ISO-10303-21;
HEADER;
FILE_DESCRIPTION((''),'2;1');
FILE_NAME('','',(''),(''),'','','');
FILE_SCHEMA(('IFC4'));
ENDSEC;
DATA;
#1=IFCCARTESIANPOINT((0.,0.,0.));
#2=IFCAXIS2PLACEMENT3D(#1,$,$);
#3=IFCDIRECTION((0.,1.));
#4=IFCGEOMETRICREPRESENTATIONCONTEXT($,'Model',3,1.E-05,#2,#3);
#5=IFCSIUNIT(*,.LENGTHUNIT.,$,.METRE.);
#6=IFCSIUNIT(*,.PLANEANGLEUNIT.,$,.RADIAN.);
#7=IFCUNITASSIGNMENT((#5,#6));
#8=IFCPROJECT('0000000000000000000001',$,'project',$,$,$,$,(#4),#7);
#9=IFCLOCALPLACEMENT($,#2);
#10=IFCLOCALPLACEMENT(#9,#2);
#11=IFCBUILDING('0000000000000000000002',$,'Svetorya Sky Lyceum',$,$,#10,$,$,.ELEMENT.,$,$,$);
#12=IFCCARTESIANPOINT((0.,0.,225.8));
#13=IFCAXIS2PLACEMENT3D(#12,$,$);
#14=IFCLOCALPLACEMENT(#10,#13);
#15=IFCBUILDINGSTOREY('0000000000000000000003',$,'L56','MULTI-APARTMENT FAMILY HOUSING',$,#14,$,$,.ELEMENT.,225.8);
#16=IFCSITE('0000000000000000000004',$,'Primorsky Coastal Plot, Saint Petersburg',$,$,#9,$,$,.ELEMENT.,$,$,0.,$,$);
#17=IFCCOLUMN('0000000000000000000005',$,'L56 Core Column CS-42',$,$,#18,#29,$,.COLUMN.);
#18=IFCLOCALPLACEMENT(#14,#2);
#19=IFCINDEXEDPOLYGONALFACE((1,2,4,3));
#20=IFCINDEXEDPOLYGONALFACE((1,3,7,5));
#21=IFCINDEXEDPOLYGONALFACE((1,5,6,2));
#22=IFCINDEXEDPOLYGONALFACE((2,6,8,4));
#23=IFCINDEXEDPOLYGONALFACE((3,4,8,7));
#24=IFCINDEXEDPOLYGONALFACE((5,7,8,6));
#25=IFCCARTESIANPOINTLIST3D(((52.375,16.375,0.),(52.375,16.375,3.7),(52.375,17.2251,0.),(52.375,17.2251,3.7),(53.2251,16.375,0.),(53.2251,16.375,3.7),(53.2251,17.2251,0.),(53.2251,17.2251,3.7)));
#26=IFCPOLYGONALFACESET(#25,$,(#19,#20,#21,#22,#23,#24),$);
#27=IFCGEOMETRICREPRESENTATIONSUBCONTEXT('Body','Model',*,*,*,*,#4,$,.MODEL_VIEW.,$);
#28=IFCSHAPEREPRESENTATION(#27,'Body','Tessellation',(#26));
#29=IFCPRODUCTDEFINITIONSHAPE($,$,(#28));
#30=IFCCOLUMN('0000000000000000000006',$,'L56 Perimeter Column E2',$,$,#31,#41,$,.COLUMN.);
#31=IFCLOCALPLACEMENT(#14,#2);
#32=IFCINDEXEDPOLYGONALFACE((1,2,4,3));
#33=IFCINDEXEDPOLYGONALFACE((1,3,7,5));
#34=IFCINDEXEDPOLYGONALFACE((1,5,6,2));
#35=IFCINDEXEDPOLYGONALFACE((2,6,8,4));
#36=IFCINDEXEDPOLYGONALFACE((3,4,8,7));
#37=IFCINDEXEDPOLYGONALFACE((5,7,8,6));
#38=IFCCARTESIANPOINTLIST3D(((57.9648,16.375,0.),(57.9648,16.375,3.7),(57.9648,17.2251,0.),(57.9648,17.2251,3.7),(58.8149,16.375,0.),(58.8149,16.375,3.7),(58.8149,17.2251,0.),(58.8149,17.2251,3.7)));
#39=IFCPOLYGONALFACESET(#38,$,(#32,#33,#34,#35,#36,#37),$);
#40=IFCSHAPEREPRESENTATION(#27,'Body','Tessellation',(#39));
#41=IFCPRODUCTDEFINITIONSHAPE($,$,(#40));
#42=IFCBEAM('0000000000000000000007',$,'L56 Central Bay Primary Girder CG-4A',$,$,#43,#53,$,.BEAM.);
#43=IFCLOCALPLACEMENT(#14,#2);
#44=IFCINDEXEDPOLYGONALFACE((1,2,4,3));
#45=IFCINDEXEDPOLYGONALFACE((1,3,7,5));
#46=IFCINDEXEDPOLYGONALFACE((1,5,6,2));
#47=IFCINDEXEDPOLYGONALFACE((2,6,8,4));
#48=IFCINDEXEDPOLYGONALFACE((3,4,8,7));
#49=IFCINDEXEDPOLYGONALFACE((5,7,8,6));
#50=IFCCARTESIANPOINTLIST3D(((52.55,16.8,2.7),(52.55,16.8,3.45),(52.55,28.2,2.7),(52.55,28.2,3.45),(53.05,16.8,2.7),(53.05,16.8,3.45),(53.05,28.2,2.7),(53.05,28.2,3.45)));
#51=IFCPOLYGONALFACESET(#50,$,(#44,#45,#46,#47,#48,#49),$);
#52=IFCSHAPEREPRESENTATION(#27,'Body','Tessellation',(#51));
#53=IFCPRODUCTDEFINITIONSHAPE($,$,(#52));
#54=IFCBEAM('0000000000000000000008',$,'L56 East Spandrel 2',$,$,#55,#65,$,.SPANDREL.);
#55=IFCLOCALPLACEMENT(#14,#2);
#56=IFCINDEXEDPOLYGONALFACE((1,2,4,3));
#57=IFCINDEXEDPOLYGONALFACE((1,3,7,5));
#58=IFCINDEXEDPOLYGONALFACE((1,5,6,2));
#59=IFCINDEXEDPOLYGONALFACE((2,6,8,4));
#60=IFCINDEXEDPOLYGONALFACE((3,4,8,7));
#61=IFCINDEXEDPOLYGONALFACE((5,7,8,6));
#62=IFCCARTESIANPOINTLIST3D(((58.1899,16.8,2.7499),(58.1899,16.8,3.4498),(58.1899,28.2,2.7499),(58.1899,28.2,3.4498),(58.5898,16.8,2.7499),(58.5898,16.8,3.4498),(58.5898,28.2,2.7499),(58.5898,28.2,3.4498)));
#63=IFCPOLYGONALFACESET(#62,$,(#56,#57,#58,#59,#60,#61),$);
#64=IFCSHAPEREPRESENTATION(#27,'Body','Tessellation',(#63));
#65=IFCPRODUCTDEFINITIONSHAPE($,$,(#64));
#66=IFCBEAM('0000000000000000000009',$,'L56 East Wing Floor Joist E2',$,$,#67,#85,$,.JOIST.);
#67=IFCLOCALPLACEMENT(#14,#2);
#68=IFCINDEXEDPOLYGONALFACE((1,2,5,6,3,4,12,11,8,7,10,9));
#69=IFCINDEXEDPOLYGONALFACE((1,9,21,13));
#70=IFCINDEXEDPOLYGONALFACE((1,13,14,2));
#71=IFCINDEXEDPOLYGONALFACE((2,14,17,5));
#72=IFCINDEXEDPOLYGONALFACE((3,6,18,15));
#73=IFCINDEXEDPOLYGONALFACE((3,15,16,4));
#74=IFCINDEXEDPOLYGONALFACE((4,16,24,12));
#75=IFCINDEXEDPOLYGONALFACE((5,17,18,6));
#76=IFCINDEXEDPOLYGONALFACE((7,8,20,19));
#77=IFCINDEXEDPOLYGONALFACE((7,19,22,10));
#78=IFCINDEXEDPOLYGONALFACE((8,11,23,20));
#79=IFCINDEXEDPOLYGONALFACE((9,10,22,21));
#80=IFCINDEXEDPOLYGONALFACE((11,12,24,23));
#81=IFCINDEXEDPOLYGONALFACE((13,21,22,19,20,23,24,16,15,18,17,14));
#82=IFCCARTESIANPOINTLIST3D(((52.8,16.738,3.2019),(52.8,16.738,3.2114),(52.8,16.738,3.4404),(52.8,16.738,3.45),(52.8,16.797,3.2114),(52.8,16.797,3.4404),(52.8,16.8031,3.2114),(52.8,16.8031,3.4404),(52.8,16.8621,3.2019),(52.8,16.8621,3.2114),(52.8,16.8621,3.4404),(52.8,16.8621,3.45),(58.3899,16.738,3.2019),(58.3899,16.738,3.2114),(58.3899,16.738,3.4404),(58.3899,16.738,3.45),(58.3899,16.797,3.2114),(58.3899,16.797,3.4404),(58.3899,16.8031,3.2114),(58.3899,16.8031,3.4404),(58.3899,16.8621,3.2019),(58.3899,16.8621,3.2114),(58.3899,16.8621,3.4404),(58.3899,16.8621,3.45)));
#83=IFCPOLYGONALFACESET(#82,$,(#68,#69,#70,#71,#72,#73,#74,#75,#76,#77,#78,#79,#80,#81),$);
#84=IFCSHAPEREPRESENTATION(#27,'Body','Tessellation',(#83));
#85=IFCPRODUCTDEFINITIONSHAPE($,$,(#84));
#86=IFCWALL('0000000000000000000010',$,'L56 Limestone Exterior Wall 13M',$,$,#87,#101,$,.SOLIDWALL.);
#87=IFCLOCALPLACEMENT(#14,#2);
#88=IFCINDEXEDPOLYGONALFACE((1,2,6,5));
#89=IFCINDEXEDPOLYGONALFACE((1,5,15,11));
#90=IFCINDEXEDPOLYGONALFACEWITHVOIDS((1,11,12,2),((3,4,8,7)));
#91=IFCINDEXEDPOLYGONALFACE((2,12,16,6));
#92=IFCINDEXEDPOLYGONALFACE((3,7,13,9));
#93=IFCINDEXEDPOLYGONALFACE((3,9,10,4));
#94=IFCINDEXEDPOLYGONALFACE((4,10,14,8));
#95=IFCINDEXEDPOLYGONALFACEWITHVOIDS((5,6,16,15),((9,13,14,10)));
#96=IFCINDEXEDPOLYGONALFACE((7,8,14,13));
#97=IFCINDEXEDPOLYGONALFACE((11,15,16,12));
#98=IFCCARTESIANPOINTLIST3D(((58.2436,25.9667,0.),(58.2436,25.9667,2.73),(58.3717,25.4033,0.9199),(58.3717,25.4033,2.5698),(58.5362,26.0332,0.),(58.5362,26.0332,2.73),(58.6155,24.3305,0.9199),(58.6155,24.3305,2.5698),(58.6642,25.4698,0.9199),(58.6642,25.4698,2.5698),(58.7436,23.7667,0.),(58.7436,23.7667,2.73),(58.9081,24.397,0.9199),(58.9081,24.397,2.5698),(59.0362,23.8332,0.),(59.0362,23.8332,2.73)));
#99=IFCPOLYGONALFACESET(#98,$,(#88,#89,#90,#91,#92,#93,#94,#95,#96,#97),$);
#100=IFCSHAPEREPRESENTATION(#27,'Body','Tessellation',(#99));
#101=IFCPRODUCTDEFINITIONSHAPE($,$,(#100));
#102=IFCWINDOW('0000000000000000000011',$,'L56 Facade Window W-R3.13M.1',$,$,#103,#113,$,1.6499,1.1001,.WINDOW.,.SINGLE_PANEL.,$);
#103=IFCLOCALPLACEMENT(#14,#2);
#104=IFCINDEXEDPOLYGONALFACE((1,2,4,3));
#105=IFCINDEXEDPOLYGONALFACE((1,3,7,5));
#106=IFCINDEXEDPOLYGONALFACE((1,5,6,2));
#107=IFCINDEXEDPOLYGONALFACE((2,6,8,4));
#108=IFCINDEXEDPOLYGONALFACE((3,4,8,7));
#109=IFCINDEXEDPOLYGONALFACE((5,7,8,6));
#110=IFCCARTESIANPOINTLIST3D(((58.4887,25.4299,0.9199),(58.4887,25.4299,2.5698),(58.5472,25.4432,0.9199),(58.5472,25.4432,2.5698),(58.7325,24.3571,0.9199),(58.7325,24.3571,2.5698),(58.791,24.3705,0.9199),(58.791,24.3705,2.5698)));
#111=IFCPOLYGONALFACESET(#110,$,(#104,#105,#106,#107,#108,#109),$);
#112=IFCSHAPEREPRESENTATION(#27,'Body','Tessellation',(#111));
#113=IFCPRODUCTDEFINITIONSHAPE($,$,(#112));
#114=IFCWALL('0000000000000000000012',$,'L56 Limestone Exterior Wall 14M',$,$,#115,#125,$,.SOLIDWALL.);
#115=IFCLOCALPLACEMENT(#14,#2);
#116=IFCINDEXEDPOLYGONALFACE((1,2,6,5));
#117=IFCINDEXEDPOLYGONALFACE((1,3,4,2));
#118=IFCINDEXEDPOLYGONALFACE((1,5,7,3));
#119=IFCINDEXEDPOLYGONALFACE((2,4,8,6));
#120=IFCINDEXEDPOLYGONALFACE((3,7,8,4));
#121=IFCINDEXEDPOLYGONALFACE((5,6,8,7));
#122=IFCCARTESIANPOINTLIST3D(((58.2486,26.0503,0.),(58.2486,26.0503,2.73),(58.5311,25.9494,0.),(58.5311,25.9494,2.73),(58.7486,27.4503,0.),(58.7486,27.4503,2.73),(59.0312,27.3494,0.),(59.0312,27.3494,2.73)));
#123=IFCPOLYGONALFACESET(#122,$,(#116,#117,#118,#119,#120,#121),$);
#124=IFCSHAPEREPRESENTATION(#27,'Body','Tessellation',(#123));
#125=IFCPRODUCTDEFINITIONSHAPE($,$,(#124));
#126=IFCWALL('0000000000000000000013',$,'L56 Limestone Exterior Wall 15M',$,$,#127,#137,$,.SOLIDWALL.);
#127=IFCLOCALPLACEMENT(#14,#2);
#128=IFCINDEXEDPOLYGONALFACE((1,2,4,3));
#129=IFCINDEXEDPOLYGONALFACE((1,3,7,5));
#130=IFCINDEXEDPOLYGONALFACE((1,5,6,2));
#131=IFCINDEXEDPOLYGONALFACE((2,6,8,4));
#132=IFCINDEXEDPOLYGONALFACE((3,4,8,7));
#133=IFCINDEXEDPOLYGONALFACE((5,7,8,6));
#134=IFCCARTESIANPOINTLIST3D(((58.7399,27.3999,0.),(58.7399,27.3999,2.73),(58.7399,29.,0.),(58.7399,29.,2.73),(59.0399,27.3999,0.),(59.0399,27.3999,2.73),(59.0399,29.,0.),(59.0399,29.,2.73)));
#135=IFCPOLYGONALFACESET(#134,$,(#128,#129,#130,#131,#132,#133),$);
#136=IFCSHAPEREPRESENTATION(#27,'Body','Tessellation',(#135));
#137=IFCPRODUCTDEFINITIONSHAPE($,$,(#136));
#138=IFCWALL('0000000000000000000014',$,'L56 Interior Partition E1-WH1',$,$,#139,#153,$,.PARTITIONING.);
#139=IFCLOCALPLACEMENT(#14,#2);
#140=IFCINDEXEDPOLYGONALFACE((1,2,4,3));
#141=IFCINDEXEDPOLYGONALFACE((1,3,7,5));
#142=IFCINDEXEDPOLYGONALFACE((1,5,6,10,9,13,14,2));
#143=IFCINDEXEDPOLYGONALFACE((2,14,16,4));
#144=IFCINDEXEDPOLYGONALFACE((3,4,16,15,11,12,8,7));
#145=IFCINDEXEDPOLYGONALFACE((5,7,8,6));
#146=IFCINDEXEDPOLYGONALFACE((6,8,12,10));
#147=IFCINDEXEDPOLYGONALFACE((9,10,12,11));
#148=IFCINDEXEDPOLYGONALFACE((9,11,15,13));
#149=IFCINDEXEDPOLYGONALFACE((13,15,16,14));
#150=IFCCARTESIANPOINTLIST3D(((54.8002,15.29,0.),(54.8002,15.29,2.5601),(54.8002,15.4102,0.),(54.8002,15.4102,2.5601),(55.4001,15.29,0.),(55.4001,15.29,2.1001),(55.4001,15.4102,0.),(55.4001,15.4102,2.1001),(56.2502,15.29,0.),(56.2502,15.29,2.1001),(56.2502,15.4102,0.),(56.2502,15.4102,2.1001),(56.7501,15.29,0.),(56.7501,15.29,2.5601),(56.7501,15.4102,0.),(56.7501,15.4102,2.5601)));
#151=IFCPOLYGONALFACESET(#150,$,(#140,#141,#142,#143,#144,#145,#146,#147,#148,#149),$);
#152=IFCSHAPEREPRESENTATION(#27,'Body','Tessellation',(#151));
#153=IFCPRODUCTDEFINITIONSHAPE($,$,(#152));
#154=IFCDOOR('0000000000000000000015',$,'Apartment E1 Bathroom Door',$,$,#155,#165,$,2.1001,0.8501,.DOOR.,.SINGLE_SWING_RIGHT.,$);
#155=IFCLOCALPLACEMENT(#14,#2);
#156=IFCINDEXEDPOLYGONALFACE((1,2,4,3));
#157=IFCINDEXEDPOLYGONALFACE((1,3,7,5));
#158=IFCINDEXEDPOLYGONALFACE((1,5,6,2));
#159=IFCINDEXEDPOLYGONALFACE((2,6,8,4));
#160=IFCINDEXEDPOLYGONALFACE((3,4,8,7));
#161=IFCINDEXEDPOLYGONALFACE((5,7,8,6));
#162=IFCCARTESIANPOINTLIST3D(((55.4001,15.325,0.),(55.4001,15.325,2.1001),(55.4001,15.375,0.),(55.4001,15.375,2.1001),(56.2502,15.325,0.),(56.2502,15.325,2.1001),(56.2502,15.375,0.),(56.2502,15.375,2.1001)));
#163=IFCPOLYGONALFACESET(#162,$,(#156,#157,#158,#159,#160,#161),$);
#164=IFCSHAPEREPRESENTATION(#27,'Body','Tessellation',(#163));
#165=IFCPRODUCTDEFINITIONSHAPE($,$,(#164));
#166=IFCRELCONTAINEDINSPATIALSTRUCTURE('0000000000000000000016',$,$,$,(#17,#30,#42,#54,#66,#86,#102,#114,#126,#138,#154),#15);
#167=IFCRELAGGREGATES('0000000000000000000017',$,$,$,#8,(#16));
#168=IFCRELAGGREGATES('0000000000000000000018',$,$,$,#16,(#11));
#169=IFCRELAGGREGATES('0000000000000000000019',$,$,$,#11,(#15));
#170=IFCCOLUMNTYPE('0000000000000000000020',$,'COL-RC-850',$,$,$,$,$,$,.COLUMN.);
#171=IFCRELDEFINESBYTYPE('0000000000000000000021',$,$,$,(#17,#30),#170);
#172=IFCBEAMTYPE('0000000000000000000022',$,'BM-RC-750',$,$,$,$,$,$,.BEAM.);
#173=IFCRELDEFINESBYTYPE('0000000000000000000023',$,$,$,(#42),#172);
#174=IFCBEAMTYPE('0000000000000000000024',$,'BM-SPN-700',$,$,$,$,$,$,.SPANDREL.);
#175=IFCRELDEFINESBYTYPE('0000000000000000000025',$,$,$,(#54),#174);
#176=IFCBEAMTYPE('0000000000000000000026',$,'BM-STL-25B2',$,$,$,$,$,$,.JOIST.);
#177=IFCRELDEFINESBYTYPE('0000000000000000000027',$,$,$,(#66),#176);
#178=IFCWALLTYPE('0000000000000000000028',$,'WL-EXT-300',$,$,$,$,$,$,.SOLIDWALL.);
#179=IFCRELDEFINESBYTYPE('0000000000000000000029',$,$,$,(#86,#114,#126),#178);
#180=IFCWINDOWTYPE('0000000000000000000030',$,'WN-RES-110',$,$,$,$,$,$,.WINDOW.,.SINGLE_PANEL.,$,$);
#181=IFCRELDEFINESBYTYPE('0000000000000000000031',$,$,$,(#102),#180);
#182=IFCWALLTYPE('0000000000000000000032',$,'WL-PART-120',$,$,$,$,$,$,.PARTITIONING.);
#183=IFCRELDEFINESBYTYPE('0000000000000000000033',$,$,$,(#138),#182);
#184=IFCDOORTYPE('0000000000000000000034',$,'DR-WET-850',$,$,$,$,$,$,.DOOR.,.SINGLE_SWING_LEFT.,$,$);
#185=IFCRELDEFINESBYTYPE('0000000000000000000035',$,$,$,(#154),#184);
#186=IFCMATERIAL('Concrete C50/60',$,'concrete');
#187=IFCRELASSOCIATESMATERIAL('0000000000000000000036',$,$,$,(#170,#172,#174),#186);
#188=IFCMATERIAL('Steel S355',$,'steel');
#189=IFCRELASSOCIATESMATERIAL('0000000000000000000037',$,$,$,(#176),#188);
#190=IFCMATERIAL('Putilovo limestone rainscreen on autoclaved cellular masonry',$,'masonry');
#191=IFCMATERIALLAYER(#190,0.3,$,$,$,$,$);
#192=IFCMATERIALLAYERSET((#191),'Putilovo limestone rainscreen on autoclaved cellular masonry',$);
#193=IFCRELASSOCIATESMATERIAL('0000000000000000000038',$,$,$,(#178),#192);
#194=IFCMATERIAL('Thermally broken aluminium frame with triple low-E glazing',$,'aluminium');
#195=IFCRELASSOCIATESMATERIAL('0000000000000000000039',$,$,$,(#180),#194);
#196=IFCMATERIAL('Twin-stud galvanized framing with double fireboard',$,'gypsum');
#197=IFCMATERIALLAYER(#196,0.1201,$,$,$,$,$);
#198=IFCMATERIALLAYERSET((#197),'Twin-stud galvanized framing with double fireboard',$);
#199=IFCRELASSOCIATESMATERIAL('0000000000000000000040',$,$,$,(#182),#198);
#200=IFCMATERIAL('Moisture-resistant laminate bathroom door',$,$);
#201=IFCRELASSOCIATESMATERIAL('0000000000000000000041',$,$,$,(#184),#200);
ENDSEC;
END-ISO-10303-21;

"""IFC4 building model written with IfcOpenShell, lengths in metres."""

from ifc_helpers import new_model, si_unit, direction, frame, frame_2d, origin, origin_2d, place, context, subcontext, project, spatial, rectangle, i_section, extrude, material, layer, layer_set, material_profile, profile_set, type_object, element, fill, save


model = new_model("IFC4")

# Units and contexts
model_context = context("Model", 3, precision=1e-05, world=origin(), true_north=direction((0.0, 1.0)))
body_context = subcontext(model_context, "Body", "Model", "MODEL_VIEW")
ifc_project = project(units=[si_unit("LENGTHUNIT", "METRE"), si_unit("PLANEANGLEUNIT", "RADIAN")], contexts=[model_context])

# Site, building, storey
site_placement = place(None, origin())
site = spatial("IfcSite", under=ifc_project, at=site_placement, Name="Primorsky Coastal Plot, Saint Petersburg", CompositionType="ELEMENT", RefElevation=0.0)
building_placement = place(site_placement, origin())
building = spatial("IfcBuilding", under=site, at=building_placement, Name="Svetorya Sky Lyceum", CompositionType="ELEMENT")
storey_placement = place(building_placement, frame((0.0, 0.0, 225.8)))
storey = spatial("IfcBuildingStorey", under=building, at=storey_placement, Name="L56", Description="MULTI-APARTMENT FAMILY HOUSING", CompositionType="ELEMENT", Elevation=225.8)

# Columns
ifc_material_1 = material(Name="Concrete C50/60", Category="concrete")
ifc_material_profile_1 = material_profile(ifc_material_1, rectangle(XDim=0.8501, YDim=0.8501, at=origin_2d()), Name="RC COL 850x850")
ifc_profile_set_1 = profile_set([ifc_material_profile_1], Name="Concrete C50/60")
column_type = type_object("IfcColumnType", Name="COL-RC-850", PredefinedType="COLUMN", material=ifc_profile_set_1)
for number, where, z_axis, x_axis, name in (
    (1, (52.8, 16.8, 0.0), (0.0, 0.0, 1.0), (1.0, 0.0, 0.0), "L56 Core Column CS-42"),
    (2, (58.3899, 16.8, 0.0), (0.0, 0.0, 1.0), (1.0, 0.0, 0.0), "L56 Perimeter Column E2"),
):
    element("IfcColumn", number, at=place(storey_placement, frame(where, z_axis=z_axis, x_axis=x_axis)), inside=storey, type_object=column_type, Name=name, PredefinedType="COLUMN", context=body_context, shape_type="SweptSolid", body=[
        extrude(rectangle(XDim=0.8501, YDim=0.8501, at=origin_2d()), origin(), (0.0, 0.0, 1.0), 3.7),
    ])

# Beams
ifc_material_profile_2 = material_profile(ifc_material_1, rectangle(XDim=0.5, YDim=0.75, at=origin_2d()), Name="RC BEAM 500x750")
ifc_profile_set_2 = profile_set([ifc_material_profile_2], Name="Concrete C50/60")
beam_type_1 = type_object("IfcBeamType", Name="BM-RC-750", PredefinedType="BEAM", material=ifc_profile_set_2)
beam_1_placement = place(storey_placement, frame((52.8, 16.8, 3.075), z_axis=(0.0, 1.0, 0.0), x_axis=(-1.0, 0.0, 0.0)))
element("IfcBeam", 3, at=beam_1_placement, inside=storey, type_object=beam_type_1, Name="L56 Central Bay Primary Girder CG-4A", PredefinedType="BEAM", context=body_context, shape_type="SweptSolid", body=[
    extrude(rectangle(XDim=0.5, YDim=0.75, at=origin_2d()), origin(), (0.0, 0.0, 1.0), 11.3999),
])
ifc_material_profile_3 = material_profile(ifc_material_1, rectangle(XDim=0.3999, YDim=0.7, at=origin_2d()), Name="RC SPANDREL 400x700")
ifc_profile_set_3 = profile_set([ifc_material_profile_3], Name="Concrete C50/60")
beam_type_2 = type_object("IfcBeamType", Name="BM-SPN-700", PredefinedType="SPANDREL", material=ifc_profile_set_3)
beam_2_placement = place(storey_placement, frame((58.3899, 16.8, 3.0999), z_axis=(0.0, 1.0, 0.0), x_axis=(-1.0, 0.0, 0.0)))
element("IfcBeam", 4, at=beam_2_placement, inside=storey, type_object=beam_type_2, Name="L56 East Spandrel 2", PredefinedType="SPANDREL", context=body_context, shape_type="SweptSolid", body=[
    extrude(rectangle(XDim=0.3999, YDim=0.7, at=origin_2d()), origin(), (0.0, 0.0, 1.0), 11.3999),
])
ifc_material_2 = material(Name="Steel S355", Category="steel")
ifc_material_profile_4 = material_profile(ifc_material_2, i_section(OverallWidth=0.124, OverallDepth=0.248, WebThickness=0.0061, FlangeThickness=0.0095, at=origin_2d()), Name="GOST 25B2")
ifc_profile_set_4 = profile_set([ifc_material_profile_4], Name="Steel S355")
beam_type_3 = type_object("IfcBeamType", Name="BM-STL-25B2", PredefinedType="JOIST", material=ifc_profile_set_4)
beam_3_placement = place(storey_placement, frame((52.8, 16.8, 3.3259), z_axis=(1.0, 0.0, 0.0), x_axis=(0.0, 1.0, 0.0)))
element("IfcBeam", 5, at=beam_3_placement, inside=storey, type_object=beam_type_3, Name="L56 East Wing Floor Joist E2", PredefinedType="JOIST", context=body_context, shape_type="SweptSolid", body=[
    extrude(i_section(OverallWidth=0.124, OverallDepth=0.248, WebThickness=0.0061, FlangeThickness=0.0095, at=origin_2d()), origin(), (0.0, 0.0, 1.0), 5.5898),
])

# Wall, opening, window
ifc_material_3 = material(Name="Putilovo limestone rainscreen on autoclaved cellular masonry", Category="masonry")
ifc_layer_1 = layer(ifc_material_3, 0.3)
ifc_layer_set_1 = layer_set([ifc_layer_1], Name="Putilovo limestone rainscreen on autoclaved cellular masonry")
wall_type_1 = type_object("IfcWallType", Name="WL-EXT-300", PredefinedType="SOLIDWALL", material=ifc_layer_set_1)
wall_1_placement = place(storey_placement, frame((58.8899, 23.8, 0.0), z_axis=(0.0, 0.0, 1.0), x_axis=(-0.221626, 0.975132, 0.0)))
wall_1 = element("IfcWall", 6, at=wall_1_placement, inside=storey, type_object=wall_type_1, Name="L56 Limestone Exterior Wall 13M", PredefinedType="SOLIDWALL", context=body_context, shape_type="SweptSolid", body=[
    extrude(rectangle(XDim=2.2561, YDim=0.3, at=frame_2d((1.1279, 0.0))), origin(), (0.0, 0.0, 1.0), 2.73),
])
opening_1_placement = place(wall_1_placement, frame((0.5781, 0.0, 0.9199)))
opening_1 = element("IfcOpeningElement", 7, at=opening_1_placement, cuts=wall_1, PredefinedType="OPENING", context=body_context, shape_type="SweptSolid", body=[
    extrude(rectangle(XDim=1.1001, YDim=1.6499, at=frame_2d((0.55, 0.825))), frame((0.0, 0.1599, 0.0), z_axis=(0.0, -1.0, 0.0), x_axis=(1.0, 0.0, 0.0)), (0.0, 0.0, 1.0), 0.3201),
])
ifc_material_4 = material(Name="Thermally broken aluminium frame with triple low-E glazing", Category="aluminium")
window_type = type_object("IfcWindowType", Name="WN-RES-110", PartitioningType="SINGLE_PANEL", PredefinedType="WINDOW", material=ifc_material_4)
window_placement = place(opening_1_placement, origin())
window = element("IfcWindow", 8, at=window_placement, inside=storey, type_object=window_type, Name="L56 Facade Window W-R3.13M.1", OverallHeight=1.6499, OverallWidth=1.1001, PartitioningType="SINGLE_PANEL", PredefinedType="WINDOW", context=body_context, shape_type="SweptSolid", body=[
    extrude(rectangle(XDim=1.1001, YDim=1.6499, at=frame_2d((0.55, 0.825))), frame((0.0, 0.03, 0.0), z_axis=(0.0, -1.0, 0.0), x_axis=(1.0, 0.0, 0.0)), (0.0, 0.0, 1.0), 0.0601),
])
fill(opening_1, window)

# Walls
wall_2_placement = place(storey_placement, frame((58.3899, 26.0, 0.0), z_axis=(0.0, 0.0, 1.0), x_axis=(0.336357, 0.941734, 0.0)))
element("IfcWall", 9, at=wall_2_placement, inside=storey, type_object=wall_type_1, Name="L56 Limestone Exterior Wall 14M", PredefinedType="SOLIDWALL", context=body_context, shape_type="SweptSolid", body=[
    extrude(rectangle(XDim=1.4866, YDim=0.3, at=frame_2d((0.7432, 0.0))), origin(), (0.0, 0.0, 1.0), 2.73),
])
wall_3_placement = place(storey_placement, frame((58.8899, 27.3999, 0.0), z_axis=(0.0, 0.0, 1.0), x_axis=(0.0, 1.0, 0.0)))
element("IfcWall", 10, at=wall_3_placement, inside=storey, type_object=wall_type_1, Name="L56 Limestone Exterior Wall 15M", PredefinedType="SOLIDWALL", context=body_context, shape_type="SweptSolid", body=[
    extrude(rectangle(XDim=1.6001, YDim=0.3, at=frame_2d((0.8, 0.0))), origin(), (0.0, 0.0, 1.0), 2.73),
])

# Wall, opening, door
ifc_material_5 = material(Name="Twin-stud galvanized framing with double fireboard", Category="gypsum")
ifc_layer_2 = layer(ifc_material_5, 0.1201)
ifc_layer_set_2 = layer_set([ifc_layer_2], Name="Twin-stud galvanized framing with double fireboard")
wall_type_2 = type_object("IfcWallType", Name="WL-PART-120", PredefinedType="PARTITIONING", material=ifc_layer_set_2)
wall_4_placement = place(storey_placement, frame((54.8, 15.3501, 0.0), z_axis=(0.0, 0.0, 1.0), x_axis=(1.0, 0.0, 0.0)))
wall_4 = element("IfcWall", 11, at=wall_4_placement, inside=storey, type_object=wall_type_2, Name="L56 Interior Partition E1-WH1", PredefinedType="PARTITIONING", context=body_context, shape_type="SweptSolid", body=[
    extrude(rectangle(XDim=1.95, YDim=0.1201, at=frame_2d((0.9751, 0.0))), origin(), (0.0, 0.0, 1.0), 2.5601),
])
opening_2_placement = place(wall_4_placement, frame((0.6001, 0.0, 0.0)))
opening_2 = element("IfcOpeningElement", 12, at=opening_2_placement, cuts=wall_4, PredefinedType="OPENING", context=body_context, shape_type="SweptSolid", body=[
    extrude(rectangle(XDim=0.8501, YDim=2.1001, at=frame_2d((0.425, 1.05))), frame((0.0, 0.0701, 0.0), z_axis=(0.0, -1.0, 0.0), x_axis=(1.0, 0.0, 0.0)), (0.0, 0.0, 1.0), 0.1401),
])
ifc_material_6 = material(Name="Moisture-resistant laminate bathroom door")
door_type_1 = type_object("IfcDoorType", Name="DR-WET-850", OperationType="SINGLE_SWING_LEFT", PredefinedType="DOOR", material=ifc_material_6)
door_1_placement = place(opening_2_placement, origin())
door_1 = element("IfcDoor", 13, at=door_1_placement, inside=storey, type_object=door_type_1, Name="Apartment E1 Bathroom Door", OperationType="SINGLE_SWING_RIGHT", OverallHeight=2.1001, OverallWidth=0.8501, PredefinedType="DOOR", context=body_context, shape_type="SweptSolid", body=[
    extrude(rectangle(XDim=0.8501, YDim=2.1001, at=frame_2d((0.425, 1.05))), frame((0.0, 0.0249, 0.0), z_axis=(0.0, -1.0, 0.0), x_axis=(1.0, 0.0, 0.0)), (0.0, 0.0, 1.0), 0.05),
])
fill(opening_2, door_1)

save(model, "model.ifc")
